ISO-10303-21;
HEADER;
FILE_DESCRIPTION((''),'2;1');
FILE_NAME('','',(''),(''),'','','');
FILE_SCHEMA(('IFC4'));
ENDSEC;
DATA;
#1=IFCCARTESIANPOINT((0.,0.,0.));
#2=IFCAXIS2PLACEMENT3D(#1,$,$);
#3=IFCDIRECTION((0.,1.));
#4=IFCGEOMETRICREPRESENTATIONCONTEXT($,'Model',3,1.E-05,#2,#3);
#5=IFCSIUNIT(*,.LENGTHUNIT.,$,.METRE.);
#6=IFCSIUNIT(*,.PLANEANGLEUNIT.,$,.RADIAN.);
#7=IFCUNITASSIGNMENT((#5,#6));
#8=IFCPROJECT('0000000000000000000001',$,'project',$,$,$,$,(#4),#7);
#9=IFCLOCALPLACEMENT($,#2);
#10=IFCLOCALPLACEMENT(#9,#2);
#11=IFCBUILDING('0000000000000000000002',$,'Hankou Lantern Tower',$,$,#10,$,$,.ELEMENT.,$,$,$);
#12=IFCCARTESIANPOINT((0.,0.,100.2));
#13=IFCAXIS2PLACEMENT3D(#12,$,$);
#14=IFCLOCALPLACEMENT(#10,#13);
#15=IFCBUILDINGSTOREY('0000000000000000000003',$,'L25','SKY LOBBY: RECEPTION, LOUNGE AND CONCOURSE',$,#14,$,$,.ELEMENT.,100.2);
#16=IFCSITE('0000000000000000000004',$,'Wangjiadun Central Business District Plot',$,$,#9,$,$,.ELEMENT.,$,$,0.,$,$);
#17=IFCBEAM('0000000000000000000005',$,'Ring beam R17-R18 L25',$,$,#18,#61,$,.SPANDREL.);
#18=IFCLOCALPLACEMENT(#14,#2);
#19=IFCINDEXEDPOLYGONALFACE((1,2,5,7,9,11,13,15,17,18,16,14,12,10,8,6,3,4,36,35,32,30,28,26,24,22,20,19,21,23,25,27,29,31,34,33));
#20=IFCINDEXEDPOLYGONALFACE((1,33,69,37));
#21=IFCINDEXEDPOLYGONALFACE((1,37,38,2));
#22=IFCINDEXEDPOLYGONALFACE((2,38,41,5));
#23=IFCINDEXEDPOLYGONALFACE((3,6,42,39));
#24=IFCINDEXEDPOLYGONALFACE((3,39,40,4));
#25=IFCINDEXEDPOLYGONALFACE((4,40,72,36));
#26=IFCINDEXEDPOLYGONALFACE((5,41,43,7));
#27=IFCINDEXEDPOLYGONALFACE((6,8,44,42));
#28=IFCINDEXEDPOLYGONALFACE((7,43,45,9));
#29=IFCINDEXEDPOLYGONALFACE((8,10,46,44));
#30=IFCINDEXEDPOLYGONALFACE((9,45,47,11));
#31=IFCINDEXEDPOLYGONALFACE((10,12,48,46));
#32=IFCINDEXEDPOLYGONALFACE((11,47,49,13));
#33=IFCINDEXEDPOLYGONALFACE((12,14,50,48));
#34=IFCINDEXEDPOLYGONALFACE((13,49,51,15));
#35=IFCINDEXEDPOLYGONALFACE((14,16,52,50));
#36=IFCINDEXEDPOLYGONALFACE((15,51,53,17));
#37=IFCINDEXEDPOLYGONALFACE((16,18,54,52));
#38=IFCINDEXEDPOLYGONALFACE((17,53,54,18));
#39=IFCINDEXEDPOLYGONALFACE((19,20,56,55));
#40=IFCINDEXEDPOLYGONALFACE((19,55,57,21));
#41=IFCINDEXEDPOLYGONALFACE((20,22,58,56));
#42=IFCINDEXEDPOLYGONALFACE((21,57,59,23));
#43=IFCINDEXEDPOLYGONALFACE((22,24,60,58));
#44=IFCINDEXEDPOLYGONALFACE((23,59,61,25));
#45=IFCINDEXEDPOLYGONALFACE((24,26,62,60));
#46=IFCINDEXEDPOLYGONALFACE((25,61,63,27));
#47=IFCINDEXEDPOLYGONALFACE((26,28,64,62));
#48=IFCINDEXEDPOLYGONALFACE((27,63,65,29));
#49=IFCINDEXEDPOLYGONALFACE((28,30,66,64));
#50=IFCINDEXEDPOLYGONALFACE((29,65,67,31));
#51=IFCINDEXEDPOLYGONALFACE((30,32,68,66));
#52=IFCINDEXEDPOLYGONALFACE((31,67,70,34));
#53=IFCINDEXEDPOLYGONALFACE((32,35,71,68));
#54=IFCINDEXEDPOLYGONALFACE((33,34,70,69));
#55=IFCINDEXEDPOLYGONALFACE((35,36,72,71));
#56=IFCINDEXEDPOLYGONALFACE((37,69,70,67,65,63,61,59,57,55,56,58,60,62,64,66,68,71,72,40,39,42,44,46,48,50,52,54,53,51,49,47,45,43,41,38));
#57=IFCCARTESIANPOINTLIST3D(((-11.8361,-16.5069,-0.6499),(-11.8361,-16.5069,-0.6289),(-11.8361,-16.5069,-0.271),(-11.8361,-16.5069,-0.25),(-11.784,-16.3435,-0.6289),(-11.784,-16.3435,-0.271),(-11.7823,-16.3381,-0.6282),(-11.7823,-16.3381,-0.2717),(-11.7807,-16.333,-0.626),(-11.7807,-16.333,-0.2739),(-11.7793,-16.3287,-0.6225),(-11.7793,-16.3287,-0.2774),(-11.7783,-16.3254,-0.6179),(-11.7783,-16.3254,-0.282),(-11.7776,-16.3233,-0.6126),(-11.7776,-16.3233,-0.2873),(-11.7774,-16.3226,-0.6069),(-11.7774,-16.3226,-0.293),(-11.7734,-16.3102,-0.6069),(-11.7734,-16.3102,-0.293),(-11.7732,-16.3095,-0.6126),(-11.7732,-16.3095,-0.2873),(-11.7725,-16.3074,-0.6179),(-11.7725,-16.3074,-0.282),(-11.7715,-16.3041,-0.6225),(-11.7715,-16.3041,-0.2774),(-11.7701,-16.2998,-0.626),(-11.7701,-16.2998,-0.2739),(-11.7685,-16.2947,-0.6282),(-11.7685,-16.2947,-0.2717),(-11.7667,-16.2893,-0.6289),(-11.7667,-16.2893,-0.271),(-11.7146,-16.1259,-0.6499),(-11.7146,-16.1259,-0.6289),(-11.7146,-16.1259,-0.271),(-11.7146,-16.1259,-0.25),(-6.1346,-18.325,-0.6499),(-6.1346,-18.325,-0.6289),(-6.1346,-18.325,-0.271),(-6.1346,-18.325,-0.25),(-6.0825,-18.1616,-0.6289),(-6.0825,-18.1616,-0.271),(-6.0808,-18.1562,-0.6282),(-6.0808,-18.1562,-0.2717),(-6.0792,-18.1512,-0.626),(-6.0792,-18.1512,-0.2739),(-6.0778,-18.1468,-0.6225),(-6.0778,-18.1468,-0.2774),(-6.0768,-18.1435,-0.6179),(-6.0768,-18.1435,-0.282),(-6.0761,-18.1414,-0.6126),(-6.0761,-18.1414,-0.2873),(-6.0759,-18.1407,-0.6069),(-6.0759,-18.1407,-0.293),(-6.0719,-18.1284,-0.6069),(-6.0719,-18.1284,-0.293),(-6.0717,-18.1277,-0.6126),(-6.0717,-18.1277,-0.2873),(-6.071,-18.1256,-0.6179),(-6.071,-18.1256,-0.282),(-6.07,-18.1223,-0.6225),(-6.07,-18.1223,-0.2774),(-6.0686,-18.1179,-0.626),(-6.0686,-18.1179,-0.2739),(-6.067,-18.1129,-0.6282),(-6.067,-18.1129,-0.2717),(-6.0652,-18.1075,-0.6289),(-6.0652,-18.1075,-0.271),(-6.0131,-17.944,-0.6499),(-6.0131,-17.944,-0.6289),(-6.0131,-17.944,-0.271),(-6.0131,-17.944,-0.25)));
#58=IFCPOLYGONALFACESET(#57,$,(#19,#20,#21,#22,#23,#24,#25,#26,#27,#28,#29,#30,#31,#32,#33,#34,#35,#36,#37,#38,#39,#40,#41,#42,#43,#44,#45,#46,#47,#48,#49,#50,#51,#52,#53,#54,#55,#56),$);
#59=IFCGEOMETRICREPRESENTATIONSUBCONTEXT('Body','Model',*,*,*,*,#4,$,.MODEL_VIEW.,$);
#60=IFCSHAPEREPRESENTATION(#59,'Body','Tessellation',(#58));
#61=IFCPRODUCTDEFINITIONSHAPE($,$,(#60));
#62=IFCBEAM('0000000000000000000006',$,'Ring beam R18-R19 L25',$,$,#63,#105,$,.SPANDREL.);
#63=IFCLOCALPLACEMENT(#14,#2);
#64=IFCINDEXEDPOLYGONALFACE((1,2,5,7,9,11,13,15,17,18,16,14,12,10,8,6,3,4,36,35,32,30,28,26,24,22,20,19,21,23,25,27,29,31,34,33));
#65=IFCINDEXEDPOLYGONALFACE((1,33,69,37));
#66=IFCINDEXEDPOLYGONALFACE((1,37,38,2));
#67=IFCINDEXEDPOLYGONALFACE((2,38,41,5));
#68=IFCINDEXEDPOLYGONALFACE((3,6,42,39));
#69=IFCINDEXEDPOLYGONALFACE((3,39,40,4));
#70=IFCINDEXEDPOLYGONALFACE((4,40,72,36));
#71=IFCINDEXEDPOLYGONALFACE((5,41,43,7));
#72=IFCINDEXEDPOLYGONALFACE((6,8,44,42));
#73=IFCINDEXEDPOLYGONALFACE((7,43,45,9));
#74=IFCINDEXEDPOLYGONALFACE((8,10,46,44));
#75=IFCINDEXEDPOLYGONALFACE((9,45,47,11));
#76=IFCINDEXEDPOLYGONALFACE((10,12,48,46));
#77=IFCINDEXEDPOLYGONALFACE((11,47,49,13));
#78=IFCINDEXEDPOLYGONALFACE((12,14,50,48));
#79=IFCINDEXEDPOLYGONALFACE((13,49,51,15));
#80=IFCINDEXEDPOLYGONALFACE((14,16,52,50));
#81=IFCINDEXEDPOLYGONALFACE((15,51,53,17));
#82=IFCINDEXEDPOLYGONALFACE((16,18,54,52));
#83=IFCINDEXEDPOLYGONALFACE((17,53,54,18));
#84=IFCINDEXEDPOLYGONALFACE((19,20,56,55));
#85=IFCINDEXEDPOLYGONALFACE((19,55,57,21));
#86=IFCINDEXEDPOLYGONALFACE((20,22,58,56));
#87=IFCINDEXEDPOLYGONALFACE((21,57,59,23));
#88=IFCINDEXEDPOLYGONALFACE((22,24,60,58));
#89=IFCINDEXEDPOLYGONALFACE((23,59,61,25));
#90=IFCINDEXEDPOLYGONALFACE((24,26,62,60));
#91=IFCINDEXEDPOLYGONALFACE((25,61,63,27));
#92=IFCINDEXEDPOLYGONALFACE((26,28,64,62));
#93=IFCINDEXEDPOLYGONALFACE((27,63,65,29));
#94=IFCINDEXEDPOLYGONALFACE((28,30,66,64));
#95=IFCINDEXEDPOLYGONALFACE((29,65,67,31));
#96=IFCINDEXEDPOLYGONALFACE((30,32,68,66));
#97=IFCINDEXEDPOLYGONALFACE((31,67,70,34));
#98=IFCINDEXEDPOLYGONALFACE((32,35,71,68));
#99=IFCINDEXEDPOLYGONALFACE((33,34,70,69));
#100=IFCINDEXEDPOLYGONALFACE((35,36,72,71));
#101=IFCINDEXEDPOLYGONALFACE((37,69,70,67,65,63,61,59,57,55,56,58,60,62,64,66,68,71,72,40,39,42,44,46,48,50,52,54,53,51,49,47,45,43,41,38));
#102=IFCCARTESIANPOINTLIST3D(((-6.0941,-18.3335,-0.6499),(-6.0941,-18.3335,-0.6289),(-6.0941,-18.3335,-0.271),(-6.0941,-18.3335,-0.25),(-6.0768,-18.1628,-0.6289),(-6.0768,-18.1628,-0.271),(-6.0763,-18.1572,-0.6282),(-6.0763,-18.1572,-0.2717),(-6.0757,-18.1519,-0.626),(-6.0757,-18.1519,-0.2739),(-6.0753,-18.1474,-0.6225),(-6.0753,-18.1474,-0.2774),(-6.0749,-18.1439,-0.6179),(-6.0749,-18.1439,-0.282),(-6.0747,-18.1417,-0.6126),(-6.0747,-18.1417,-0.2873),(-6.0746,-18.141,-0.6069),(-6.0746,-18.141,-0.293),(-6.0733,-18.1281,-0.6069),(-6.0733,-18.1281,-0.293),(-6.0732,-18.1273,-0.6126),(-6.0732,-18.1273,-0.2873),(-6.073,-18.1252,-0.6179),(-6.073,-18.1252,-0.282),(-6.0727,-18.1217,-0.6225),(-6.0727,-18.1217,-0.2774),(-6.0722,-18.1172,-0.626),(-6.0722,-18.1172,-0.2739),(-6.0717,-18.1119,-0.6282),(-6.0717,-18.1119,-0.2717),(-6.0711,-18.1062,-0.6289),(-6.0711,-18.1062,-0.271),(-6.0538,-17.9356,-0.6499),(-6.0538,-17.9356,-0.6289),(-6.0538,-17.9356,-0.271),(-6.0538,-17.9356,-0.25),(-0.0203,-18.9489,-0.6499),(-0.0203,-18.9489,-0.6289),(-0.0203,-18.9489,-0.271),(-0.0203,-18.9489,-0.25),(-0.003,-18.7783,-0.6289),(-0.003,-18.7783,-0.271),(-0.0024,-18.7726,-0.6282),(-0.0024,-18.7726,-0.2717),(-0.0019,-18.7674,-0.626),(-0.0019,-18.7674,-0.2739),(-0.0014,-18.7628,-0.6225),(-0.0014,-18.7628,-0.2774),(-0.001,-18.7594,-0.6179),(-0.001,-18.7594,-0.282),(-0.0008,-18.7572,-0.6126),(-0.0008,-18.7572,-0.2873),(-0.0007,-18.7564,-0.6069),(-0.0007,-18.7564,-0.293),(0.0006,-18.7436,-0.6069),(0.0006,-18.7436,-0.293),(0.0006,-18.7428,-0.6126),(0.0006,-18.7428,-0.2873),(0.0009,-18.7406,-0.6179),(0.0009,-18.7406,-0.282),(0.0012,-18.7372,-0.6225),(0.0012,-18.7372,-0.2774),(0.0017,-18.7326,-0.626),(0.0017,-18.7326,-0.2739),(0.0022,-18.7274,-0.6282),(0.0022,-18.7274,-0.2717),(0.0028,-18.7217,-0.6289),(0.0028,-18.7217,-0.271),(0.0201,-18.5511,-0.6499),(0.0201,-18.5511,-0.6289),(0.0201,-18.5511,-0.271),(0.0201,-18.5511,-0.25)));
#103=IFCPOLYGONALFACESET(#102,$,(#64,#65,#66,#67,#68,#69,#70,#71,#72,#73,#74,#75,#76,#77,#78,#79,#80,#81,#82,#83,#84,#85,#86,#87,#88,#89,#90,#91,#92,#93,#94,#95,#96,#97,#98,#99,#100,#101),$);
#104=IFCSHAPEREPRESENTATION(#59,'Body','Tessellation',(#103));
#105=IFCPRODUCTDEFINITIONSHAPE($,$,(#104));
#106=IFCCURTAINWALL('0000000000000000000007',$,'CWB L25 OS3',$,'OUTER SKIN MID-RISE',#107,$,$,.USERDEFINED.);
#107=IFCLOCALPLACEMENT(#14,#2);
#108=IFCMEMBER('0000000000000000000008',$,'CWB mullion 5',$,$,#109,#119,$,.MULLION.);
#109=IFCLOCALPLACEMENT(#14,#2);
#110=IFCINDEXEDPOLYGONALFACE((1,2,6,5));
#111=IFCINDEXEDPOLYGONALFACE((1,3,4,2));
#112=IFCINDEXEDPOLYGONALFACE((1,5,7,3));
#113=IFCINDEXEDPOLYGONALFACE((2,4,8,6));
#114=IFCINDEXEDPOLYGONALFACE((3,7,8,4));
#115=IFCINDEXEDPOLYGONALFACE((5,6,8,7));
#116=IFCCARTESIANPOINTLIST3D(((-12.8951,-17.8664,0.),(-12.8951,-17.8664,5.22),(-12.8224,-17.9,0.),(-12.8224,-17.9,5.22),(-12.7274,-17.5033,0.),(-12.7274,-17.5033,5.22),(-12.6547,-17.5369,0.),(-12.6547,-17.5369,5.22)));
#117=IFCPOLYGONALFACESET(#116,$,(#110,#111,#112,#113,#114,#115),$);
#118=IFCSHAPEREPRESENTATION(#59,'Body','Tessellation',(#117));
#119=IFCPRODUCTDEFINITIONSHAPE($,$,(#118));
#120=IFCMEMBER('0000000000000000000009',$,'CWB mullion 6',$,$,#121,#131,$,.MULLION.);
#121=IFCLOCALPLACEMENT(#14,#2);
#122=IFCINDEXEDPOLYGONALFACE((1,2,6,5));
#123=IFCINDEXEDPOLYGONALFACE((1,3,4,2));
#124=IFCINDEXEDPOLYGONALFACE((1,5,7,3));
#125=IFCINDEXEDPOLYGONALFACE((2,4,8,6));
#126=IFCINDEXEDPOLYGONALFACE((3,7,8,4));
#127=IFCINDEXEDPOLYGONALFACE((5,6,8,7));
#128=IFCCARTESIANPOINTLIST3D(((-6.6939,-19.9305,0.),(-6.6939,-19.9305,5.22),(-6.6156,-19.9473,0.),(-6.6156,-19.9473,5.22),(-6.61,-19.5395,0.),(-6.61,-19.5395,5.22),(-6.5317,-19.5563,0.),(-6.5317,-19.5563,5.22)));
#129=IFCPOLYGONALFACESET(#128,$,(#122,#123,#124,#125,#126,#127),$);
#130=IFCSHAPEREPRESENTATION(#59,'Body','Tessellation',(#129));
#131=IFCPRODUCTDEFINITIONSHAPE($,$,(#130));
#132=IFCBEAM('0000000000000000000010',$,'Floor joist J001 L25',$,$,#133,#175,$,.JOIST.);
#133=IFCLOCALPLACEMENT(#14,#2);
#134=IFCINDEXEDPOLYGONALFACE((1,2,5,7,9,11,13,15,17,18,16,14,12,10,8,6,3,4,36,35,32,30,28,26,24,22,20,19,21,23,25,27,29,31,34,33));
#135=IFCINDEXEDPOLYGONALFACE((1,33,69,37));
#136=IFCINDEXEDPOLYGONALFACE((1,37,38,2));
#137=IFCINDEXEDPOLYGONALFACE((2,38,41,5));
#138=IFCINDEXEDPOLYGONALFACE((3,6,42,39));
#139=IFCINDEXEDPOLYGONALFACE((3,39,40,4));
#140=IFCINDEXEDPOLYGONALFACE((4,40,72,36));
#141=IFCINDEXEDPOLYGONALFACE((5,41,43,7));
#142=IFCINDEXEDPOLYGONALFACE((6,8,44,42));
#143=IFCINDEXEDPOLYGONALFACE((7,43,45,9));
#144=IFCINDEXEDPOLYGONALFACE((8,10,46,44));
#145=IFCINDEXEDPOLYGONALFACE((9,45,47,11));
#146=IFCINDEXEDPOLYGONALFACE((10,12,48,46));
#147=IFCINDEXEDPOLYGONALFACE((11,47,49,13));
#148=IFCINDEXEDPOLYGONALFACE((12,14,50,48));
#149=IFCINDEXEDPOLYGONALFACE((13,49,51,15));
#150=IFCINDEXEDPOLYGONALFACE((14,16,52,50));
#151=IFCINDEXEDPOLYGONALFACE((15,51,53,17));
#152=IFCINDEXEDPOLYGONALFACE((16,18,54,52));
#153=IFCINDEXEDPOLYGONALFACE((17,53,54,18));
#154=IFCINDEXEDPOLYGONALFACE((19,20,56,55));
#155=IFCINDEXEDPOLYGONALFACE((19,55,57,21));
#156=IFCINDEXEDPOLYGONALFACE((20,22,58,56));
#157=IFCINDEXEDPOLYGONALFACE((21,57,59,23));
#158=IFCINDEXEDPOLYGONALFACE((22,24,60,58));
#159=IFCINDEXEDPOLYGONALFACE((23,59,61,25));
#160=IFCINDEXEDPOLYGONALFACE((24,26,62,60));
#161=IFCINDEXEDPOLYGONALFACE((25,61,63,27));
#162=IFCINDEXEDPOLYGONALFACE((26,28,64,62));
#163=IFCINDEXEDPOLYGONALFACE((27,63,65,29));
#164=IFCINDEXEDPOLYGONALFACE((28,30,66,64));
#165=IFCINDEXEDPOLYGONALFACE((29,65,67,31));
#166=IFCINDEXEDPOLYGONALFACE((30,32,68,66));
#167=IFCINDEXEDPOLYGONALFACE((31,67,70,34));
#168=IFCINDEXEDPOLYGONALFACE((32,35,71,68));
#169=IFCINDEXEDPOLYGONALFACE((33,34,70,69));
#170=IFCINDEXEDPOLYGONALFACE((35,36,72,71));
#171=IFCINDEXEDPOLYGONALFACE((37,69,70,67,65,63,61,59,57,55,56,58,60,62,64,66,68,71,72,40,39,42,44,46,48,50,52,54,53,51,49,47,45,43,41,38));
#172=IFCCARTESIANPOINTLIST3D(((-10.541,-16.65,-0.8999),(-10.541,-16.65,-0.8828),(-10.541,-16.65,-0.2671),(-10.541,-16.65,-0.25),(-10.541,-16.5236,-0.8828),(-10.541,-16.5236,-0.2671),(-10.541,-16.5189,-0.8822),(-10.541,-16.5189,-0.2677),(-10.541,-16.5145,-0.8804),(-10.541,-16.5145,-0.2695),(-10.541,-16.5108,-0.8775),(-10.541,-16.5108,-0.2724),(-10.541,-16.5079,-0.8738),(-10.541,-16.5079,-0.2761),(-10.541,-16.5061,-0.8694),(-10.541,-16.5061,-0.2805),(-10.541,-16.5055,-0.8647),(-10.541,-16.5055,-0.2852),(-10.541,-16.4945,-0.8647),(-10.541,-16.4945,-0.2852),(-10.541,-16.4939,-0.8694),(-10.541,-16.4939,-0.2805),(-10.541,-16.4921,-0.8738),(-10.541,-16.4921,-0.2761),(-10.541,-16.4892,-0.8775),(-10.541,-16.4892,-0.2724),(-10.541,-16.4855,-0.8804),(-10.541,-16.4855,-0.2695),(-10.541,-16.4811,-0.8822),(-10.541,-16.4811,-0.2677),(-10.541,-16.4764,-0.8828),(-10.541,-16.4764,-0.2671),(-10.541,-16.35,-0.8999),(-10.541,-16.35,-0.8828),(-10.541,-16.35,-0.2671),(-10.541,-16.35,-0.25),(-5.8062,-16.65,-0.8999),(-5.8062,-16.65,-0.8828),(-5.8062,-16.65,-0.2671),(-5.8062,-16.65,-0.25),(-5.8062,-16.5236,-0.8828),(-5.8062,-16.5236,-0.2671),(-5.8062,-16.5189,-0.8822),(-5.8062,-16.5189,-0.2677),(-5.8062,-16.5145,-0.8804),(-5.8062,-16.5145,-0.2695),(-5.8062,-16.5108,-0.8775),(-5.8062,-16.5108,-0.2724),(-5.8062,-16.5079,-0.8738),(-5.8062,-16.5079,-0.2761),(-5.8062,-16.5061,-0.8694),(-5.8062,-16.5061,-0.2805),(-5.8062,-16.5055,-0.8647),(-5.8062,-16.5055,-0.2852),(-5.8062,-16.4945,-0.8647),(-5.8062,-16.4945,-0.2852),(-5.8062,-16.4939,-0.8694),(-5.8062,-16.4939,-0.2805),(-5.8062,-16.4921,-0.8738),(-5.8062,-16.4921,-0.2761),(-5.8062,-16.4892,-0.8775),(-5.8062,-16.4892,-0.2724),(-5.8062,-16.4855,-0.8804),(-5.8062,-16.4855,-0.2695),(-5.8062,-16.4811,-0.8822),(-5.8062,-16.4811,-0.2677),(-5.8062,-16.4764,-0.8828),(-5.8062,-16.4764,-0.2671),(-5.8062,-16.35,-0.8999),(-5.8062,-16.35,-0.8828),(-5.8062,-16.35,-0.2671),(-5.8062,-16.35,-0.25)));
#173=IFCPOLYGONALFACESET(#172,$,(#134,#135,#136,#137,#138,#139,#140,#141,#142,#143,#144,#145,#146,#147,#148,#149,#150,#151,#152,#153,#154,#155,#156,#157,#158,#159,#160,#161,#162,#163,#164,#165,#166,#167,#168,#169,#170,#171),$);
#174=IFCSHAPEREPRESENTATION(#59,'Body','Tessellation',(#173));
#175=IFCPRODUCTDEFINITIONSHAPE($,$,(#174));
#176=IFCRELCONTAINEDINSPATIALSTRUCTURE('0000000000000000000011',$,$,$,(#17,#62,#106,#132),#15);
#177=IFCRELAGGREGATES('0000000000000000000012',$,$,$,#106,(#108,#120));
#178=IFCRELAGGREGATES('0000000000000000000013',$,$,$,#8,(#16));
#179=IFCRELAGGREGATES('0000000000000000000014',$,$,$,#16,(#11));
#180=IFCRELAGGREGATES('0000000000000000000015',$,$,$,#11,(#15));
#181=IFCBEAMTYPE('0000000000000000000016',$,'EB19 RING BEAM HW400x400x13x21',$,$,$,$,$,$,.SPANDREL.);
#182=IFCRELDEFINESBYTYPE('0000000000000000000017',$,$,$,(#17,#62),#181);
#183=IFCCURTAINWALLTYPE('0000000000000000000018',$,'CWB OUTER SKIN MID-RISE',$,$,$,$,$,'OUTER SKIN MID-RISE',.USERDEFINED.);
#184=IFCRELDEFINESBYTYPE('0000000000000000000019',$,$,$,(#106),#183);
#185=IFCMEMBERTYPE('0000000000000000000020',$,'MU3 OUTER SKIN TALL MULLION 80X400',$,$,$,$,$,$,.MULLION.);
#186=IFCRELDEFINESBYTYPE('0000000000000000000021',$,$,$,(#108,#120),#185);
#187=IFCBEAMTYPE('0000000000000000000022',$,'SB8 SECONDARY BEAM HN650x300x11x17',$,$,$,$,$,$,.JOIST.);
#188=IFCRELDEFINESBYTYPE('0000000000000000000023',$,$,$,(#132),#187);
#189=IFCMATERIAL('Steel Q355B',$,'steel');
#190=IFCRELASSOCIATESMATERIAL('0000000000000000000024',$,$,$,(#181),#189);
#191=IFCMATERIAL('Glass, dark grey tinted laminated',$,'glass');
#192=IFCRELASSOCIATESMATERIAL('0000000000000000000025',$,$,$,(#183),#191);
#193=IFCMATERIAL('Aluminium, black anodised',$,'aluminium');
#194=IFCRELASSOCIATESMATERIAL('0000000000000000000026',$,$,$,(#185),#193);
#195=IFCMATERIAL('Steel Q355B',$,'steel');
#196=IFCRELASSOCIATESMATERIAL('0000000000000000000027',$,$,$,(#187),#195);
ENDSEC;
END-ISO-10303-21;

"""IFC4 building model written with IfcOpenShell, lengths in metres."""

from ifc_helpers import new_model, si_unit, direction, frame, origin, origin_2d, place, context, subcontext, project, spatial, rectangle, i_section, extrude, material, material_profile, profile_set, type_object, element, aggregate, save


model = new_model("IFC4")

# Units and contexts
model_context = context("Model", 3, precision=1e-05, world=origin(), true_north=direction((0.0, 1.0)))
body_context = subcontext(model_context, "Body", "Model", "MODEL_VIEW")
ifc_project = project(units=[si_unit("LENGTHUNIT", "METRE"), si_unit("PLANEANGLEUNIT", "RADIAN")], contexts=[model_context])

# Site, building, storey
site_placement = place(None, origin())
site = spatial("IfcSite", under=ifc_project, at=site_placement, Name="Wangjiadun Central Business District Plot", CompositionType="ELEMENT", RefElevation=0.0)
building_placement = place(site_placement, origin())
building = spatial("IfcBuilding", under=site, at=building_placement, Name="Hankou Lantern Tower", CompositionType="ELEMENT")
storey_placement = place(building_placement, frame((0.0, 0.0, 100.2)))
storey = spatial("IfcBuildingStorey", under=building, at=storey_placement, Name="L25", Description="SKY LOBBY: RECEPTION, LOUNGE AND CONCOURSE", CompositionType="ELEMENT", Elevation=100.2)

# Beams
ifc_material_1 = material(Name="Steel Q355B", Category="steel")
ifc_material_profile_1 = material_profile(ifc_material_1, i_section(OverallWidth=0.3999, OverallDepth=0.3999, WebThickness=0.0129, FlangeThickness=0.021, FilletRadius=0.022, at=origin_2d()), Name="HW400x400x13x21")
ifc_profile_set_1 = profile_set([ifc_material_profile_1], Name="Steel Q355B")
beam_type_1 = type_object("IfcBeamType", Name="EB19 RING BEAM HW400x400x13x21", PredefinedType="SPANDREL", material=ifc_profile_set_1)
beam_1_placement = place(storey_placement, frame((-11.7754, -16.3164, -0.45), z_axis=(0.952731, -0.303815, 0.0), x_axis=(0.303815, 0.952731, 0.0)))
element("IfcBeam", 1, at=beam_1_placement, inside=storey, type_object=beam_type_1, Name="Ring beam R17-R18 L25", PredefinedType="SPANDREL", context=body_context, shape_type="SweptSolid", body=[
    extrude(i_section(OverallWidth=0.3999, OverallDepth=0.3999, WebThickness=0.0129, FlangeThickness=0.021, FilletRadius=0.022, at=origin_2d()), origin(), (0.0, 0.0, 1.0), 5.9844),
])
beam_2_placement = place(storey_placement, frame((-6.074, -18.1345, -0.45), z_axis=(0.994905, -0.100814, 0.0), x_axis=(0.100814, 0.994905, 0.0)))
element("IfcBeam", 2, at=beam_2_placement, inside=storey, type_object=beam_type_1, Name="Ring beam R18-R19 L25", PredefinedType="SPANDREL", context=body_context, shape_type="SweptSolid", body=[
    extrude(i_section(OverallWidth=0.3999, OverallDepth=0.3999, WebThickness=0.0129, FlangeThickness=0.021, FilletRadius=0.022, at=origin_2d()), origin(), (0.0, 0.0, 1.0), 6.105),
])

# Curtain wall, members
ifc_material_2 = material(Name="Glass, dark grey tinted laminated", Category="glass")
curtain_wall_type = type_object("IfcCurtainWallType", Name="CWB OUTER SKIN MID-RISE", ElementType="OUTER SKIN MID-RISE", PredefinedType="USERDEFINED", material=ifc_material_2)
curtain_wall_placement = place(storey_placement, origin())
curtain_wall = element("IfcCurtainWall", 3, at=curtain_wall_placement, inside=storey, type_object=curtain_wall_type, Name="CWB L25 OS3", ObjectType="OUTER SKIN MID-RISE", PredefinedType="USERDEFINED")
ifc_material_3 = material(Name="Aluminium, black anodised", Category="aluminium")
ifc_material_profile_2 = material_profile(ifc_material_3, rectangle(XDim=0.0801, YDim=0.3999, at=origin_2d()), Name="MU3 80X400")
ifc_profile_set_2 = profile_set([ifc_material_profile_2], Name="Aluminium, black anodised")
member_type_1 = type_object("IfcMemberType", Name="MU3 OUTER SKIN TALL MULLION 80X400", PredefinedType="MULLION", material=ifc_profile_set_2)
member_1_placement = place(storey_placement, frame((-12.7749, -17.7017, 0.0), z_axis=(0.0, 0.0, 1.0), x_axis=(0.907841, -0.419314, 0.0)))
member_1 = element("IfcMember", 4, at=member_1_placement, type_object=member_type_1, Name="CWB mullion 5", PredefinedType="MULLION", context=body_context, shape_type="SweptSolid", body=[
    extrude(rectangle(XDim=0.0801, YDim=0.3999, at=origin_2d()), origin(), (0.0, 0.0, 1.0), 5.22),
])
member_2_placement = place(storey_placement, frame((-6.6128, -19.7434, 0.0), z_axis=(0.0, 0.0, 1.0), x_axis=(0.977788, -0.209598, 0.0)))
member_2 = element("IfcMember", 5, at=member_2_placement, type_object=member_type_1, Name="CWB mullion 6", PredefinedType="MULLION", context=body_context, shape_type="SweptSolid", body=[
    extrude(rectangle(XDim=0.0801, YDim=0.3999, at=origin_2d()), origin(), (0.0, 0.0, 1.0), 5.22),
])

# Beam
ifc_material_4 = material(Name="Steel Q355B", Category="steel")
ifc_material_profile_3 = material_profile(ifc_material_4, i_section(OverallWidth=0.3, OverallDepth=0.6499, WebThickness=0.011, FlangeThickness=0.0171, FilletRadius=0.0181, at=origin_2d()), Name="HN650x300x11x17")
ifc_profile_set_3 = profile_set([ifc_material_profile_3], Name="Steel Q355B")
beam_type_2 = type_object("IfcBeamType", Name="SB8 SECONDARY BEAM HN650x300x11x17", PredefinedType="JOIST", material=ifc_profile_set_3)
beam_3_placement = place(storey_placement, frame((-10.541, -16.5, -0.575), z_axis=(1.0, 0.0, 0.0), x_axis=(0.0, 1.0, 0.0)))
element("IfcBeam", 6, at=beam_3_placement, inside=storey, type_object=beam_type_2, Name="Floor joist J001 L25", PredefinedType="JOIST", context=body_context, shape_type="SweptSolid", body=[
    extrude(i_section(OverallWidth=0.3, OverallDepth=0.6499, WebThickness=0.011, FlangeThickness=0.0171, FilletRadius=0.0181, at=origin_2d()), origin(), (0.0, 0.0, 1.0), 4.7349),
])

aggregate(curtain_wall, [member_1, member_2])

save(model, "model.ifc")
